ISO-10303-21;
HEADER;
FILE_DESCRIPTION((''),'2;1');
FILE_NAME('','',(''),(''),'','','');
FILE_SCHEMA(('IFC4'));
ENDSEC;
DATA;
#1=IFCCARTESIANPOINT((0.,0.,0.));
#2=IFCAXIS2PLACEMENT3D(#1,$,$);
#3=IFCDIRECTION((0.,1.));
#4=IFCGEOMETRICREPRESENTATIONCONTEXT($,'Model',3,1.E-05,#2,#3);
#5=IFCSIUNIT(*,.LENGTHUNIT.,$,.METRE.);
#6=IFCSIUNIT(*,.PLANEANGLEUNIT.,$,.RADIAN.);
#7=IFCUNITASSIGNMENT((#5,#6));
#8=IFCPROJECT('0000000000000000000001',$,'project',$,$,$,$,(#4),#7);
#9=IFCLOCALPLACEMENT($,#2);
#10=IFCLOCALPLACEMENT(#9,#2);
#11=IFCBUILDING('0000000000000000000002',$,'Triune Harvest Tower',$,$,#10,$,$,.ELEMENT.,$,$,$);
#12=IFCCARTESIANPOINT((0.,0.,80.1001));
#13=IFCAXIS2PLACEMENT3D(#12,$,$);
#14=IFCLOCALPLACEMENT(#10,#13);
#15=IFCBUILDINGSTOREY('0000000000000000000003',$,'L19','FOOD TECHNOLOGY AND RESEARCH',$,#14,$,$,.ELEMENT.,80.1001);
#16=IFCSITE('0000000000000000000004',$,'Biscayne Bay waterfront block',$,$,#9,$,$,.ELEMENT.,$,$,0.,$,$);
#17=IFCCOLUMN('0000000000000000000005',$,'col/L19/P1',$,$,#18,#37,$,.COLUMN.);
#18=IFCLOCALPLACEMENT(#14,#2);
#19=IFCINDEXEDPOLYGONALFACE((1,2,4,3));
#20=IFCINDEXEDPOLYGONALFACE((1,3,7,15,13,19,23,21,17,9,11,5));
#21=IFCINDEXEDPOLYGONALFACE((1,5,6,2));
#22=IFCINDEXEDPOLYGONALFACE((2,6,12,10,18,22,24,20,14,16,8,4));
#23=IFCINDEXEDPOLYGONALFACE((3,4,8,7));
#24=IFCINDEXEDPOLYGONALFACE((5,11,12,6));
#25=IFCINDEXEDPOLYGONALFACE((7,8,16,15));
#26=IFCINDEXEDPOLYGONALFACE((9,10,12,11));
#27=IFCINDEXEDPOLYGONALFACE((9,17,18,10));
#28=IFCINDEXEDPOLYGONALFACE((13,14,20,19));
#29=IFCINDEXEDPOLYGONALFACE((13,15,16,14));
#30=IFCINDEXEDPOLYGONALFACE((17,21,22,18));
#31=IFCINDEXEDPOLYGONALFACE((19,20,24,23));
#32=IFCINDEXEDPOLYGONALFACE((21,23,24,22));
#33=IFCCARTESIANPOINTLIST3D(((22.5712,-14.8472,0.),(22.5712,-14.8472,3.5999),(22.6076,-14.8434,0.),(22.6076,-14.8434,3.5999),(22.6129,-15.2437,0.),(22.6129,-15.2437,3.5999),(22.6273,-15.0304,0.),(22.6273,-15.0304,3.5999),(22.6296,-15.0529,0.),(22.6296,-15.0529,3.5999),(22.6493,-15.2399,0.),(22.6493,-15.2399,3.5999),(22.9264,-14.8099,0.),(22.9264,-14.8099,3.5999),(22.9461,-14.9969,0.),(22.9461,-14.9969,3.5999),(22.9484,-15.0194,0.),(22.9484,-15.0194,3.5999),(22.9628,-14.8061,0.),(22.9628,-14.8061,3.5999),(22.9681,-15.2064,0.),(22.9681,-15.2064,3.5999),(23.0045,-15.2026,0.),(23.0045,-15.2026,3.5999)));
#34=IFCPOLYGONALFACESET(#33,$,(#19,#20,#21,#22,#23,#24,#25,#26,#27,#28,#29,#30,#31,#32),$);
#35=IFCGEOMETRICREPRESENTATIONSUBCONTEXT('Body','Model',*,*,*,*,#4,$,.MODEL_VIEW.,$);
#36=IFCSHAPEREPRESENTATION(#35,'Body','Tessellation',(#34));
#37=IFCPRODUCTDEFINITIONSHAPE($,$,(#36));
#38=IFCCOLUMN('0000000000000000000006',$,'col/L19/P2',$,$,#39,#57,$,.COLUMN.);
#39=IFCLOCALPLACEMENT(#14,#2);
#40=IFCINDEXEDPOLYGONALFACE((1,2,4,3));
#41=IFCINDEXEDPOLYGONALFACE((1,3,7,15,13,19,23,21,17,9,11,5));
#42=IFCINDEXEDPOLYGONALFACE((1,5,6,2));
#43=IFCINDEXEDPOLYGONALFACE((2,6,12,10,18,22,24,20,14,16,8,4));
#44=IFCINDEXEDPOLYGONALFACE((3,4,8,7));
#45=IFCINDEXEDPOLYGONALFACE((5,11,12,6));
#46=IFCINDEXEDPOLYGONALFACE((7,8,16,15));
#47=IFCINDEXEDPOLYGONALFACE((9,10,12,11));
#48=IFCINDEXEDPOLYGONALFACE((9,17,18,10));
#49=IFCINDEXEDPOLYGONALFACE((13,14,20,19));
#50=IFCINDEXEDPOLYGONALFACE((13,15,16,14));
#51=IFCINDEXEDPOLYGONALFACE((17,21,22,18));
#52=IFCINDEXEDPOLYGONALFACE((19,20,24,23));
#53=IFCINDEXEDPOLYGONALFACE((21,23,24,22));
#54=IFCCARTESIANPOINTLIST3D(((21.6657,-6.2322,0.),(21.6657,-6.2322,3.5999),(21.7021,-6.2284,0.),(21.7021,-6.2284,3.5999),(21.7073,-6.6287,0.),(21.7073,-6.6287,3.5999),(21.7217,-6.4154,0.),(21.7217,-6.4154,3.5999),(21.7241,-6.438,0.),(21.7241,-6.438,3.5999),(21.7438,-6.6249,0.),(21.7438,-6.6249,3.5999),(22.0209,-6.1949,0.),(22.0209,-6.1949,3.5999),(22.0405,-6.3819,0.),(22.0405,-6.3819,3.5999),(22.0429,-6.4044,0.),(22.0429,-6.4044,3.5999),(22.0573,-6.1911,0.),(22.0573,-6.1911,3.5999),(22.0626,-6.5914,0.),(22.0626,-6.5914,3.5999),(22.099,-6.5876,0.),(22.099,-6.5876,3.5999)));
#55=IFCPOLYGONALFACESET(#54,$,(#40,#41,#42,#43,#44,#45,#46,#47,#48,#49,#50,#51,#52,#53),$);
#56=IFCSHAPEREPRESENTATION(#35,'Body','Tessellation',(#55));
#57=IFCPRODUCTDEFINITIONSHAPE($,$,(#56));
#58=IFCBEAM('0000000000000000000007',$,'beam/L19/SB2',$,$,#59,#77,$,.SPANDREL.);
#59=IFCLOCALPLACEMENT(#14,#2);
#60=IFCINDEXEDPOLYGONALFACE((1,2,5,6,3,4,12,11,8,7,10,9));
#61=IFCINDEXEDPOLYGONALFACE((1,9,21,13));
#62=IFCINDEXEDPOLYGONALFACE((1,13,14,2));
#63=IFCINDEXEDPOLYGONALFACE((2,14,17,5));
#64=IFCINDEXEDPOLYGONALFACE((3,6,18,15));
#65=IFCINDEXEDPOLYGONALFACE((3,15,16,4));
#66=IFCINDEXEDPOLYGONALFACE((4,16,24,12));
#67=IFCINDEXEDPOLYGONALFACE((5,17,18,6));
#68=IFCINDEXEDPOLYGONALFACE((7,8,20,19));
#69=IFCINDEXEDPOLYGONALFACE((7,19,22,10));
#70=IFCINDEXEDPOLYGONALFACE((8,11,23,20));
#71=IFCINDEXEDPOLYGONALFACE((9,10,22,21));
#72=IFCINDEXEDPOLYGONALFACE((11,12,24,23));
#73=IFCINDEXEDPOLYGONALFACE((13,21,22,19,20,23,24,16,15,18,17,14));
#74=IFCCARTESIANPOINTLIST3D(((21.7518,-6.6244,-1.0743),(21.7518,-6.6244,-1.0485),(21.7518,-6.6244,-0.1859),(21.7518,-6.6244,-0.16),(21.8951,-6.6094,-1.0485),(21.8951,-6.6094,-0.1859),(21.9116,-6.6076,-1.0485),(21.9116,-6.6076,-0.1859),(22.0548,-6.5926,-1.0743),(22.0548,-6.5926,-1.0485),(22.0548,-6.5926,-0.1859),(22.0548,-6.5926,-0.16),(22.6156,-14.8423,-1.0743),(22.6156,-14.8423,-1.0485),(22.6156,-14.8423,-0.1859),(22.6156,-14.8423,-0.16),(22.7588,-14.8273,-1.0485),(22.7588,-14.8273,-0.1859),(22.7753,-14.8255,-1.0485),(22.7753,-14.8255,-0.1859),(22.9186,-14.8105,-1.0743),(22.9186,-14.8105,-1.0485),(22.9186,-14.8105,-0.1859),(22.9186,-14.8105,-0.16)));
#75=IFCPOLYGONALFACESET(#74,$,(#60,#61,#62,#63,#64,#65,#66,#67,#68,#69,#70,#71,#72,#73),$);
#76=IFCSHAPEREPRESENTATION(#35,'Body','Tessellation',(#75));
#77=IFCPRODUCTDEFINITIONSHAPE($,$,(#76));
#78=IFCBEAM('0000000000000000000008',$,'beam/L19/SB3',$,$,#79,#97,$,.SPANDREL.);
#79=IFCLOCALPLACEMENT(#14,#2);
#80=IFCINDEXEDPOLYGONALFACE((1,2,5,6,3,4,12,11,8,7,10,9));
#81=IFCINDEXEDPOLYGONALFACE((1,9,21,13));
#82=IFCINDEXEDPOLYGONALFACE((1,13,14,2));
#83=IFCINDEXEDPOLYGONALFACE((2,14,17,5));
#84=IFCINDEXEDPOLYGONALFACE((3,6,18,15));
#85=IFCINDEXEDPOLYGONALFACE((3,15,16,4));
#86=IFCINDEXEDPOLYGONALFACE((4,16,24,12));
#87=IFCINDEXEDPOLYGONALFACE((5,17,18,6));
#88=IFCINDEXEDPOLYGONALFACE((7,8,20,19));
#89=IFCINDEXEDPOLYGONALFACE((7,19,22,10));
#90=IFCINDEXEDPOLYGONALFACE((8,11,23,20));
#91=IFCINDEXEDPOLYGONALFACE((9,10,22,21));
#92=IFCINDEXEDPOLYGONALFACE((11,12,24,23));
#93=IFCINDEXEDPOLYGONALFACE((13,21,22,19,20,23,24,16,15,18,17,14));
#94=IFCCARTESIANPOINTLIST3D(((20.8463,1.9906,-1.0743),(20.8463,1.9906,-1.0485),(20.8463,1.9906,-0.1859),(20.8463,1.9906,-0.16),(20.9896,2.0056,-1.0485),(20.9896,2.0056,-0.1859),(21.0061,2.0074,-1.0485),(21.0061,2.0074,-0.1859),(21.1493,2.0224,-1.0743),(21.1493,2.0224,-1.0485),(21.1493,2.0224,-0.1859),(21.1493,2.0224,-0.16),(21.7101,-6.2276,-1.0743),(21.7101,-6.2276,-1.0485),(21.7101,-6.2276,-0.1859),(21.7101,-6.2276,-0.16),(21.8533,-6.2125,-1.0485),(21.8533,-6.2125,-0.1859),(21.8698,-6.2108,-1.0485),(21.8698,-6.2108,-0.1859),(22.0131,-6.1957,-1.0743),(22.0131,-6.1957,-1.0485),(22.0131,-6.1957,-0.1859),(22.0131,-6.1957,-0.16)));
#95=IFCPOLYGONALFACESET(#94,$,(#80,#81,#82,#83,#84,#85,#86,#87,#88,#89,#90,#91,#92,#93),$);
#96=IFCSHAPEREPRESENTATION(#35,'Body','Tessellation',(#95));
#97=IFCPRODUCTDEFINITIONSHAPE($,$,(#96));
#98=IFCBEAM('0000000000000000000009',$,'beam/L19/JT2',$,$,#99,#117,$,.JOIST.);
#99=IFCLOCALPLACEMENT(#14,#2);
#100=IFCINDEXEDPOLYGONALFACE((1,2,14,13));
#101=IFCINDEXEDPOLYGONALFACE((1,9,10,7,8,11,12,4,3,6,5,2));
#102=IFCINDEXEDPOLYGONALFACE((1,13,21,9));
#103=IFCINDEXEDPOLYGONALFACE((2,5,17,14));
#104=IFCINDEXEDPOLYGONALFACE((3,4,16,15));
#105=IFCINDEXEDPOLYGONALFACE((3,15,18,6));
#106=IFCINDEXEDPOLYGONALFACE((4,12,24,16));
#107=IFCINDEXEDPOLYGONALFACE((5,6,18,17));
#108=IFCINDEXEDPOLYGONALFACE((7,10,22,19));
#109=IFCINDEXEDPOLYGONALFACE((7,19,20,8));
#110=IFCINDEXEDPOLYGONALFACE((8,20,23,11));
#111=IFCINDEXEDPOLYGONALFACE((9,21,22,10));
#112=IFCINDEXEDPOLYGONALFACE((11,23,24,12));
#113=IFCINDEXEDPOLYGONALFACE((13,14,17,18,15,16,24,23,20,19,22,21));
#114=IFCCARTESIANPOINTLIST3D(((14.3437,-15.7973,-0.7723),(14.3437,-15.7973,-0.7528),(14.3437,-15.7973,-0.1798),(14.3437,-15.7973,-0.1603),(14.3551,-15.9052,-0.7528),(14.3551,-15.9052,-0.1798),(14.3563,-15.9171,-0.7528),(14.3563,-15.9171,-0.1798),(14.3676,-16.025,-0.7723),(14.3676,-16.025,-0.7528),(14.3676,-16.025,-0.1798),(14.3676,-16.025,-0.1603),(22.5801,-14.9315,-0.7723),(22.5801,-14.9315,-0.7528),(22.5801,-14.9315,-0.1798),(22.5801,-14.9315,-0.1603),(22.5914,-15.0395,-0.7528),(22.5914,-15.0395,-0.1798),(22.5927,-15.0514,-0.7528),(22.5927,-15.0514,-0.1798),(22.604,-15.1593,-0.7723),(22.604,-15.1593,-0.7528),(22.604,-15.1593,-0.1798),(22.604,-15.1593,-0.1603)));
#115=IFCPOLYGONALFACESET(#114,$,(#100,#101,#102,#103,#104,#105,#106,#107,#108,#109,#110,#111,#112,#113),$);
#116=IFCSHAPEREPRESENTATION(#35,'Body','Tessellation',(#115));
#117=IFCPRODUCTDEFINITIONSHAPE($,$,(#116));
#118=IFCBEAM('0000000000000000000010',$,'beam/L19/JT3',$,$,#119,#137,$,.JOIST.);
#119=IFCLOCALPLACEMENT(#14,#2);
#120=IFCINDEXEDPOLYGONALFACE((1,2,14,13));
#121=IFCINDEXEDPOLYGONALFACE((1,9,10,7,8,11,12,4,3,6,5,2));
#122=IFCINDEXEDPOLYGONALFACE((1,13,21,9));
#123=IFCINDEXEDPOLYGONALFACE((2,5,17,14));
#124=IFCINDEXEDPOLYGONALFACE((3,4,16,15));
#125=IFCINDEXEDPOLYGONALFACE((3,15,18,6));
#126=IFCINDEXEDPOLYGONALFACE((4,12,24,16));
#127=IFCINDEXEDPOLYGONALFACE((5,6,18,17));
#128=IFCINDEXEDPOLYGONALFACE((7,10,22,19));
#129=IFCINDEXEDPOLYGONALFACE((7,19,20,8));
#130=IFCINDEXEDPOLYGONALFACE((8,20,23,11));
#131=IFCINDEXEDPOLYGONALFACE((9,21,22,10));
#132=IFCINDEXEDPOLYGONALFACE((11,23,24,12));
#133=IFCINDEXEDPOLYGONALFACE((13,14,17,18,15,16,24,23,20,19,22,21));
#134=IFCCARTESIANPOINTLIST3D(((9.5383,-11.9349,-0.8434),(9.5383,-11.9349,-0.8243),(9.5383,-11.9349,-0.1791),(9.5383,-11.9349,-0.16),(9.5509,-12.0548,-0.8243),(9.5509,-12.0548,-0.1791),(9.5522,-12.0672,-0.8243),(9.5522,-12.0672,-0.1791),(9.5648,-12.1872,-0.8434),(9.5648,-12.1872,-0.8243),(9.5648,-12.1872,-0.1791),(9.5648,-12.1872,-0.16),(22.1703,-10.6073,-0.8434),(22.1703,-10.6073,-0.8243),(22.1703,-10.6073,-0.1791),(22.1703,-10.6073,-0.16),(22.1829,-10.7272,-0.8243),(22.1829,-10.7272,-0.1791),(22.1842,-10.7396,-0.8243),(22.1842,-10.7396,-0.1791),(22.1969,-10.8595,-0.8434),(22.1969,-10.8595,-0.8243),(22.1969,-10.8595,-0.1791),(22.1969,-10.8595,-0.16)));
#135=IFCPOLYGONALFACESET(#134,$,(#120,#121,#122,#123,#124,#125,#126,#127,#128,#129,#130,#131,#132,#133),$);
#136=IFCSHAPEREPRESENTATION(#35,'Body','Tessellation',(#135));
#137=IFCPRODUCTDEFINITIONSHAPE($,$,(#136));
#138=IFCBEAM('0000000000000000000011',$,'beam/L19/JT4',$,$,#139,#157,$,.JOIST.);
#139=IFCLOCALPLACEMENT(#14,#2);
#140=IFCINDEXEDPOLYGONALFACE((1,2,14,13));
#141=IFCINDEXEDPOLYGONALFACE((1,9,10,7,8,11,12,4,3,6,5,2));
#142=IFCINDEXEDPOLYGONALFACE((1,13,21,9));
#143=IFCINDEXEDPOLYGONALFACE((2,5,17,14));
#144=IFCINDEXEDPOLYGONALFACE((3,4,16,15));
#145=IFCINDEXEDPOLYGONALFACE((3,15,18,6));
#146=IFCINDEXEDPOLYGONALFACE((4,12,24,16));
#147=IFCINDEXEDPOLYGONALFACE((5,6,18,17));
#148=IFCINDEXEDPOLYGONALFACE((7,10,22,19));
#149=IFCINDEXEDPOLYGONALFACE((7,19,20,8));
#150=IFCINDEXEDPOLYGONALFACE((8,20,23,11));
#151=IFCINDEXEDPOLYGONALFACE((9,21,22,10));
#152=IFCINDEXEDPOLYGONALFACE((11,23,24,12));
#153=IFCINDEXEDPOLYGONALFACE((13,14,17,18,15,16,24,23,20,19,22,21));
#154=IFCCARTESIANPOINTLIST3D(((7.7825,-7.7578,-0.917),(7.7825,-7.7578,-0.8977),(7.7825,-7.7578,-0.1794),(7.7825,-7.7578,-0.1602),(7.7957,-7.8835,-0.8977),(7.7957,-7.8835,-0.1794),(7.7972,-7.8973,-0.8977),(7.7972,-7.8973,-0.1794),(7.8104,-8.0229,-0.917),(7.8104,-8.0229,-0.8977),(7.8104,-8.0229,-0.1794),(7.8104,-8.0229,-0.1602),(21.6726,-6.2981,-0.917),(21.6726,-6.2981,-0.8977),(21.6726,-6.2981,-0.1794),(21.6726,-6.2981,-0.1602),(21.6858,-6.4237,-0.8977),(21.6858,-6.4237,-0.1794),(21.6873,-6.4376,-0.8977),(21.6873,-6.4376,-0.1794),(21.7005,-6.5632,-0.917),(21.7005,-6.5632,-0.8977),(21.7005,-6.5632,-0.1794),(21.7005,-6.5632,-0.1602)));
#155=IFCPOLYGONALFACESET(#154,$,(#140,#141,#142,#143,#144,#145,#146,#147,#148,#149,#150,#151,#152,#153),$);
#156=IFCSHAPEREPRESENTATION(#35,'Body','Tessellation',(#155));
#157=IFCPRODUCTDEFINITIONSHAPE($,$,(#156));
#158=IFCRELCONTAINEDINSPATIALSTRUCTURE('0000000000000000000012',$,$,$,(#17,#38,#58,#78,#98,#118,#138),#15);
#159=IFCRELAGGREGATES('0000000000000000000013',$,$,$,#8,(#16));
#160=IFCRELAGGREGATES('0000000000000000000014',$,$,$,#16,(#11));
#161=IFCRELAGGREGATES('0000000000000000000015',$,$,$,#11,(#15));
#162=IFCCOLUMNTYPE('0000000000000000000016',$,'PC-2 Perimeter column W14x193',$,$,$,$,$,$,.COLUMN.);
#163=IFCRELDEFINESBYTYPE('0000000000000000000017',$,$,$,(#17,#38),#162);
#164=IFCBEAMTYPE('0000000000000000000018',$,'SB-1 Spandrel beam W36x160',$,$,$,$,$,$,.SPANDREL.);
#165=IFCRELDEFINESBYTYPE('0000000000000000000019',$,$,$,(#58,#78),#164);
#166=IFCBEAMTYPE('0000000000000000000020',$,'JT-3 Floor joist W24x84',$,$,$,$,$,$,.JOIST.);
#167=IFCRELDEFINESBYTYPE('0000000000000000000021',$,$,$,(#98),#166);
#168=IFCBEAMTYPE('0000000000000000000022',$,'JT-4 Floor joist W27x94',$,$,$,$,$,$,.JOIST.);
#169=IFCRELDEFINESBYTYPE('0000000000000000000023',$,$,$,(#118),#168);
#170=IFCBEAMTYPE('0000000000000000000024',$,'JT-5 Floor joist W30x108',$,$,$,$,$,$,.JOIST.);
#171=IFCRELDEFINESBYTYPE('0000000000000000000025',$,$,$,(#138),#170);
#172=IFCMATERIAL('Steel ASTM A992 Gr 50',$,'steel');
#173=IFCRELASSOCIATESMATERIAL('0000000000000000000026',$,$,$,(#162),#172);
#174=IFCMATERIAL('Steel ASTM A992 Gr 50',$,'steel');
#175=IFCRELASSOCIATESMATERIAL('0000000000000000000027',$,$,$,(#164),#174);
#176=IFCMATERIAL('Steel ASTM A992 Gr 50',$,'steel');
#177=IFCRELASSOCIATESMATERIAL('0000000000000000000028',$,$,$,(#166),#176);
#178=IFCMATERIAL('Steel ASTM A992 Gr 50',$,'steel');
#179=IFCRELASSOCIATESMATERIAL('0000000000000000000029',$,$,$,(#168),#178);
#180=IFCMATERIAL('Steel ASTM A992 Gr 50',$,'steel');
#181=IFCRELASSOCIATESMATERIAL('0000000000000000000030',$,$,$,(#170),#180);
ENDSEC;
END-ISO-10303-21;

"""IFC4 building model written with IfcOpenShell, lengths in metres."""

from ifc_helpers import new_model, si_unit, direction, frame, origin, origin_2d, place, context, subcontext, project, spatial, i_section, extrude, source, transform, mapped, material, material_profile, profile_set, type_object, element, save


model = new_model("IFC4")

# Units and contexts
model_context = context("Model", 3, precision=1e-05, world=origin(), true_north=direction((0.0, 1.0)))
body_context = subcontext(model_context, "Body", "Model", "MODEL_VIEW")
ifc_project = project(units=[si_unit("LENGTHUNIT", "METRE"), si_unit("PLANEANGLEUNIT", "RADIAN")], contexts=[model_context])

# Site, building, storey
site_placement = place(None, origin())
site = spatial("IfcSite", under=ifc_project, at=site_placement, Name="Biscayne Bay waterfront block", CompositionType="ELEMENT", RefElevation=0.0)
building_placement = place(site_placement, origin())
building = spatial("IfcBuilding", under=site, at=building_placement, Name="Triune Harvest Tower", CompositionType="ELEMENT")
storey_placement = place(building_placement, frame((0.0, 0.0, 80.1001)))
storey = spatial("IfcBuildingStorey", under=building, at=storey_placement, Name="L19", Description="FOOD TECHNOLOGY AND RESEARCH", CompositionType="ELEMENT", Elevation=80.1001)

# Columns
ifc_material_1 = material(Name="Steel ASTM A992 Gr 50", Category="steel")
ifc_material_profile_1 = material_profile(ifc_material_1, i_section(OverallWidth=0.3987, OverallDepth=0.3938, WebThickness=0.0227, FlangeThickness=0.0366, at=origin_2d()), Name="W14x193")
ifc_profile_set_1 = profile_set([ifc_material_profile_1], Name="Steel ASTM A992 Gr 50")
column_type = type_object("IfcColumnType", Name="PC-2 Perimeter column W14x193", PredefinedType="COLUMN", material=ifc_profile_set_1)
shared_shape_1 = source(origin(), body_context, "Body", "SweptSolid", [
    extrude(i_section(OverallWidth=0.3987, OverallDepth=0.3938, WebThickness=0.0227, FlangeThickness=0.0366, at=origin_2d()), origin(), (0.0, 0.0, 1.0), 3.5999),
])
for number, where, z_axis, x_axis, name in (
    (1, (22.7878, -15.0249, 0.0), (0.0, 0.0, 1.0), (-0.104527, 0.994522, 0.0), "col/L19/P1"),
    (2, (21.8823, -6.4099, 0.0), (0.0, 0.0, 1.0), (-0.104527, 0.994522, 0.0), "col/L19/P2"),
):
    element("IfcColumn", number, at=place(storey_placement, frame(where, z_axis=z_axis, x_axis=x_axis)), inside=storey, type_object=column_type, Name=name, PredefinedType="COLUMN", context=body_context, shape_type="MappedRepresentation", body=[
        mapped(shared_shape_1, transform((0.0, 0.0, 0.0), scale=1.0)),
    ])

# Beams
ifc_material_2 = material(Name="Steel ASTM A992 Gr 50", Category="steel")
ifc_material_profile_2 = material_profile(ifc_material_2, i_section(OverallWidth=0.3047, OverallDepth=0.9143, WebThickness=0.0166, FlangeThickness=0.0259, at=origin_2d()), Name="W36x160")
ifc_profile_set_2 = profile_set([ifc_material_profile_2], Name="Steel ASTM A992 Gr 50")
beam_type_1 = type_object("IfcBeamType", Name="SB-1 Spandrel beam W36x160", PredefinedType="SPANDREL", material=ifc_profile_set_2)
shared_shape_2 = source(origin(), body_context, "Body", "SweptSolid", [
    extrude(i_section(OverallWidth=0.3047, OverallDepth=0.9143, WebThickness=0.0166, FlangeThickness=0.0259, at=origin_2d()), origin(), (0.0, 0.0, 1.0), 8.2632),
])
beam_1_placement = place(storey_placement, frame((22.7671, -14.8264, -0.6172), z_axis=(-0.104531, 0.994522, 0.0), x_axis=(-0.994522, -0.104531, 0.0)))
element("IfcBeam", 3, at=beam_1_placement, inside=storey, type_object=beam_type_1, Name="beam/L19/SB2", PredefinedType="SPANDREL", context=body_context, shape_type="MappedRepresentation", body=[
    mapped(shared_shape_2, transform((0.0, 0.0, 0.0), scale=1.0)),
])
shared_shape_3 = source(origin(), body_context, "Body", "SweptSolid", [
    extrude(i_section(OverallWidth=0.3047, OverallDepth=0.9143, WebThickness=0.0166, FlangeThickness=0.0259, at=origin_2d()), origin(), (0.0, 0.0, 1.0), 8.2634),
])
beam_2_placement = place(storey_placement, frame((21.8616, -6.2117, -0.6172), z_axis=(-0.104528, 0.994522, 0.0), x_axis=(-0.994522, -0.104528, 0.0)))
element("IfcBeam", 4, at=beam_2_placement, inside=storey, type_object=beam_type_1, Name="beam/L19/SB3", PredefinedType="SPANDREL", context=body_context, shape_type="MappedRepresentation", body=[
    mapped(shared_shape_3, transform((0.0, 0.0, 0.0), scale=1.0)),
])
ifc_material_3 = material(Name="Steel ASTM A992 Gr 50", Category="steel")
ifc_material_profile_3 = material_profile(ifc_material_3, i_section(OverallWidth=0.229, OverallDepth=0.6121, WebThickness=0.012, FlangeThickness=0.0195, at=origin_2d()), Name="W24x84")
ifc_profile_set_3 = profile_set([ifc_material_profile_3], Name="Steel ASTM A992 Gr 50")
beam_type_2 = type_object("IfcBeamType", Name="JT-3 Floor joist W24x84", PredefinedType="JOIST", material=ifc_profile_set_3)
shared_shape_4 = source(origin(), body_context, "Body", "SweptSolid", [
    extrude(i_section(OverallWidth=0.229, OverallDepth=0.6121, WebThickness=0.012, FlangeThickness=0.0195, at=origin_2d()), origin(), (0.0, 0.0, 1.0), 8.2817),
])
beam_3_placement = place(storey_placement, frame((22.592, -15.0454, -0.4663), z_axis=(-0.994521, -0.104534, 0.0), x_axis=(0.104534, -0.994521, 0.0)))
element("IfcBeam", 5, at=beam_3_placement, inside=storey, type_object=beam_type_2, Name="beam/L19/JT2", PredefinedType="JOIST", context=body_context, shape_type="MappedRepresentation", body=[
    mapped(shared_shape_4, transform((0.0, 0.0, 0.0), scale=1.0)),
])
ifc_material_4 = material(Name="Steel ASTM A992 Gr 50", Category="steel")
ifc_material_profile_4 = material_profile(ifc_material_4, i_section(OverallWidth=0.2537, OverallDepth=0.6833, WebThickness=0.0125, FlangeThickness=0.019, at=origin_2d()), Name="W27x94")
ifc_profile_set_4 = profile_set([ifc_material_profile_4], Name="Steel ASTM A992 Gr 50")
beam_type_3 = type_object("IfcBeamType", Name="JT-4 Floor joist W27x94", PredefinedType="JOIST", material=ifc_profile_set_4)
shared_shape_5 = source(origin(), body_context, "Body", "SweptSolid", [
    extrude(i_section(OverallWidth=0.2537, OverallDepth=0.6833, WebThickness=0.0125, FlangeThickness=0.019, at=origin_2d()), origin(), (0.0, 0.0, 1.0), 12.7017),
])
beam_4_placement = place(storey_placement, frame((22.1836, -10.7334, -0.5017), z_axis=(-0.994522, -0.104525, 0.0), x_axis=(0.104525, -0.994522, 0.0)))
element("IfcBeam", 6, at=beam_4_placement, inside=storey, type_object=beam_type_3, Name="beam/L19/JT3", PredefinedType="JOIST", context=body_context, shape_type="MappedRepresentation", body=[
    mapped(shared_shape_5, transform((0.0, 0.0, 0.0), scale=1.0)),
])
ifc_material_5 = material(Name="Steel ASTM A992 Gr 50", Category="steel")
ifc_material_profile_5 = material_profile(ifc_material_5, i_section(OverallWidth=0.2666, OverallDepth=0.7568, WebThickness=0.0139, FlangeThickness=0.0193, at=origin_2d()), Name="W30x108")
ifc_profile_set_5 = profile_set([ifc_material_profile_5], Name="Steel ASTM A992 Gr 50")
beam_type_4 = type_object("IfcBeamType", Name="JT-5 Floor joist W30x108", PredefinedType="JOIST", material=ifc_profile_set_5)
shared_shape_6 = source(origin(), body_context, "Body", "SweptSolid", [
    extrude(i_section(OverallWidth=0.2666, OverallDepth=0.7568, WebThickness=0.0139, FlangeThickness=0.0193, at=origin_2d()), origin(), (0.0, 0.0, 1.0), 13.9666),
])
beam_5_placement = place(storey_placement, frame((21.6865, -6.4307, -0.5386), z_axis=(-0.994523, -0.104515, 0.0), x_axis=(0.104515, -0.994523, 0.0)))
element("IfcBeam", 7, at=beam_5_placement, inside=storey, type_object=beam_type_4, Name="beam/L19/JT4", PredefinedType="JOIST", context=body_context, shape_type="MappedRepresentation", body=[
    mapped(shared_shape_6, transform((0.0, 0.0, 0.0), scale=1.0)),
])

save(model, "model.ifc")
